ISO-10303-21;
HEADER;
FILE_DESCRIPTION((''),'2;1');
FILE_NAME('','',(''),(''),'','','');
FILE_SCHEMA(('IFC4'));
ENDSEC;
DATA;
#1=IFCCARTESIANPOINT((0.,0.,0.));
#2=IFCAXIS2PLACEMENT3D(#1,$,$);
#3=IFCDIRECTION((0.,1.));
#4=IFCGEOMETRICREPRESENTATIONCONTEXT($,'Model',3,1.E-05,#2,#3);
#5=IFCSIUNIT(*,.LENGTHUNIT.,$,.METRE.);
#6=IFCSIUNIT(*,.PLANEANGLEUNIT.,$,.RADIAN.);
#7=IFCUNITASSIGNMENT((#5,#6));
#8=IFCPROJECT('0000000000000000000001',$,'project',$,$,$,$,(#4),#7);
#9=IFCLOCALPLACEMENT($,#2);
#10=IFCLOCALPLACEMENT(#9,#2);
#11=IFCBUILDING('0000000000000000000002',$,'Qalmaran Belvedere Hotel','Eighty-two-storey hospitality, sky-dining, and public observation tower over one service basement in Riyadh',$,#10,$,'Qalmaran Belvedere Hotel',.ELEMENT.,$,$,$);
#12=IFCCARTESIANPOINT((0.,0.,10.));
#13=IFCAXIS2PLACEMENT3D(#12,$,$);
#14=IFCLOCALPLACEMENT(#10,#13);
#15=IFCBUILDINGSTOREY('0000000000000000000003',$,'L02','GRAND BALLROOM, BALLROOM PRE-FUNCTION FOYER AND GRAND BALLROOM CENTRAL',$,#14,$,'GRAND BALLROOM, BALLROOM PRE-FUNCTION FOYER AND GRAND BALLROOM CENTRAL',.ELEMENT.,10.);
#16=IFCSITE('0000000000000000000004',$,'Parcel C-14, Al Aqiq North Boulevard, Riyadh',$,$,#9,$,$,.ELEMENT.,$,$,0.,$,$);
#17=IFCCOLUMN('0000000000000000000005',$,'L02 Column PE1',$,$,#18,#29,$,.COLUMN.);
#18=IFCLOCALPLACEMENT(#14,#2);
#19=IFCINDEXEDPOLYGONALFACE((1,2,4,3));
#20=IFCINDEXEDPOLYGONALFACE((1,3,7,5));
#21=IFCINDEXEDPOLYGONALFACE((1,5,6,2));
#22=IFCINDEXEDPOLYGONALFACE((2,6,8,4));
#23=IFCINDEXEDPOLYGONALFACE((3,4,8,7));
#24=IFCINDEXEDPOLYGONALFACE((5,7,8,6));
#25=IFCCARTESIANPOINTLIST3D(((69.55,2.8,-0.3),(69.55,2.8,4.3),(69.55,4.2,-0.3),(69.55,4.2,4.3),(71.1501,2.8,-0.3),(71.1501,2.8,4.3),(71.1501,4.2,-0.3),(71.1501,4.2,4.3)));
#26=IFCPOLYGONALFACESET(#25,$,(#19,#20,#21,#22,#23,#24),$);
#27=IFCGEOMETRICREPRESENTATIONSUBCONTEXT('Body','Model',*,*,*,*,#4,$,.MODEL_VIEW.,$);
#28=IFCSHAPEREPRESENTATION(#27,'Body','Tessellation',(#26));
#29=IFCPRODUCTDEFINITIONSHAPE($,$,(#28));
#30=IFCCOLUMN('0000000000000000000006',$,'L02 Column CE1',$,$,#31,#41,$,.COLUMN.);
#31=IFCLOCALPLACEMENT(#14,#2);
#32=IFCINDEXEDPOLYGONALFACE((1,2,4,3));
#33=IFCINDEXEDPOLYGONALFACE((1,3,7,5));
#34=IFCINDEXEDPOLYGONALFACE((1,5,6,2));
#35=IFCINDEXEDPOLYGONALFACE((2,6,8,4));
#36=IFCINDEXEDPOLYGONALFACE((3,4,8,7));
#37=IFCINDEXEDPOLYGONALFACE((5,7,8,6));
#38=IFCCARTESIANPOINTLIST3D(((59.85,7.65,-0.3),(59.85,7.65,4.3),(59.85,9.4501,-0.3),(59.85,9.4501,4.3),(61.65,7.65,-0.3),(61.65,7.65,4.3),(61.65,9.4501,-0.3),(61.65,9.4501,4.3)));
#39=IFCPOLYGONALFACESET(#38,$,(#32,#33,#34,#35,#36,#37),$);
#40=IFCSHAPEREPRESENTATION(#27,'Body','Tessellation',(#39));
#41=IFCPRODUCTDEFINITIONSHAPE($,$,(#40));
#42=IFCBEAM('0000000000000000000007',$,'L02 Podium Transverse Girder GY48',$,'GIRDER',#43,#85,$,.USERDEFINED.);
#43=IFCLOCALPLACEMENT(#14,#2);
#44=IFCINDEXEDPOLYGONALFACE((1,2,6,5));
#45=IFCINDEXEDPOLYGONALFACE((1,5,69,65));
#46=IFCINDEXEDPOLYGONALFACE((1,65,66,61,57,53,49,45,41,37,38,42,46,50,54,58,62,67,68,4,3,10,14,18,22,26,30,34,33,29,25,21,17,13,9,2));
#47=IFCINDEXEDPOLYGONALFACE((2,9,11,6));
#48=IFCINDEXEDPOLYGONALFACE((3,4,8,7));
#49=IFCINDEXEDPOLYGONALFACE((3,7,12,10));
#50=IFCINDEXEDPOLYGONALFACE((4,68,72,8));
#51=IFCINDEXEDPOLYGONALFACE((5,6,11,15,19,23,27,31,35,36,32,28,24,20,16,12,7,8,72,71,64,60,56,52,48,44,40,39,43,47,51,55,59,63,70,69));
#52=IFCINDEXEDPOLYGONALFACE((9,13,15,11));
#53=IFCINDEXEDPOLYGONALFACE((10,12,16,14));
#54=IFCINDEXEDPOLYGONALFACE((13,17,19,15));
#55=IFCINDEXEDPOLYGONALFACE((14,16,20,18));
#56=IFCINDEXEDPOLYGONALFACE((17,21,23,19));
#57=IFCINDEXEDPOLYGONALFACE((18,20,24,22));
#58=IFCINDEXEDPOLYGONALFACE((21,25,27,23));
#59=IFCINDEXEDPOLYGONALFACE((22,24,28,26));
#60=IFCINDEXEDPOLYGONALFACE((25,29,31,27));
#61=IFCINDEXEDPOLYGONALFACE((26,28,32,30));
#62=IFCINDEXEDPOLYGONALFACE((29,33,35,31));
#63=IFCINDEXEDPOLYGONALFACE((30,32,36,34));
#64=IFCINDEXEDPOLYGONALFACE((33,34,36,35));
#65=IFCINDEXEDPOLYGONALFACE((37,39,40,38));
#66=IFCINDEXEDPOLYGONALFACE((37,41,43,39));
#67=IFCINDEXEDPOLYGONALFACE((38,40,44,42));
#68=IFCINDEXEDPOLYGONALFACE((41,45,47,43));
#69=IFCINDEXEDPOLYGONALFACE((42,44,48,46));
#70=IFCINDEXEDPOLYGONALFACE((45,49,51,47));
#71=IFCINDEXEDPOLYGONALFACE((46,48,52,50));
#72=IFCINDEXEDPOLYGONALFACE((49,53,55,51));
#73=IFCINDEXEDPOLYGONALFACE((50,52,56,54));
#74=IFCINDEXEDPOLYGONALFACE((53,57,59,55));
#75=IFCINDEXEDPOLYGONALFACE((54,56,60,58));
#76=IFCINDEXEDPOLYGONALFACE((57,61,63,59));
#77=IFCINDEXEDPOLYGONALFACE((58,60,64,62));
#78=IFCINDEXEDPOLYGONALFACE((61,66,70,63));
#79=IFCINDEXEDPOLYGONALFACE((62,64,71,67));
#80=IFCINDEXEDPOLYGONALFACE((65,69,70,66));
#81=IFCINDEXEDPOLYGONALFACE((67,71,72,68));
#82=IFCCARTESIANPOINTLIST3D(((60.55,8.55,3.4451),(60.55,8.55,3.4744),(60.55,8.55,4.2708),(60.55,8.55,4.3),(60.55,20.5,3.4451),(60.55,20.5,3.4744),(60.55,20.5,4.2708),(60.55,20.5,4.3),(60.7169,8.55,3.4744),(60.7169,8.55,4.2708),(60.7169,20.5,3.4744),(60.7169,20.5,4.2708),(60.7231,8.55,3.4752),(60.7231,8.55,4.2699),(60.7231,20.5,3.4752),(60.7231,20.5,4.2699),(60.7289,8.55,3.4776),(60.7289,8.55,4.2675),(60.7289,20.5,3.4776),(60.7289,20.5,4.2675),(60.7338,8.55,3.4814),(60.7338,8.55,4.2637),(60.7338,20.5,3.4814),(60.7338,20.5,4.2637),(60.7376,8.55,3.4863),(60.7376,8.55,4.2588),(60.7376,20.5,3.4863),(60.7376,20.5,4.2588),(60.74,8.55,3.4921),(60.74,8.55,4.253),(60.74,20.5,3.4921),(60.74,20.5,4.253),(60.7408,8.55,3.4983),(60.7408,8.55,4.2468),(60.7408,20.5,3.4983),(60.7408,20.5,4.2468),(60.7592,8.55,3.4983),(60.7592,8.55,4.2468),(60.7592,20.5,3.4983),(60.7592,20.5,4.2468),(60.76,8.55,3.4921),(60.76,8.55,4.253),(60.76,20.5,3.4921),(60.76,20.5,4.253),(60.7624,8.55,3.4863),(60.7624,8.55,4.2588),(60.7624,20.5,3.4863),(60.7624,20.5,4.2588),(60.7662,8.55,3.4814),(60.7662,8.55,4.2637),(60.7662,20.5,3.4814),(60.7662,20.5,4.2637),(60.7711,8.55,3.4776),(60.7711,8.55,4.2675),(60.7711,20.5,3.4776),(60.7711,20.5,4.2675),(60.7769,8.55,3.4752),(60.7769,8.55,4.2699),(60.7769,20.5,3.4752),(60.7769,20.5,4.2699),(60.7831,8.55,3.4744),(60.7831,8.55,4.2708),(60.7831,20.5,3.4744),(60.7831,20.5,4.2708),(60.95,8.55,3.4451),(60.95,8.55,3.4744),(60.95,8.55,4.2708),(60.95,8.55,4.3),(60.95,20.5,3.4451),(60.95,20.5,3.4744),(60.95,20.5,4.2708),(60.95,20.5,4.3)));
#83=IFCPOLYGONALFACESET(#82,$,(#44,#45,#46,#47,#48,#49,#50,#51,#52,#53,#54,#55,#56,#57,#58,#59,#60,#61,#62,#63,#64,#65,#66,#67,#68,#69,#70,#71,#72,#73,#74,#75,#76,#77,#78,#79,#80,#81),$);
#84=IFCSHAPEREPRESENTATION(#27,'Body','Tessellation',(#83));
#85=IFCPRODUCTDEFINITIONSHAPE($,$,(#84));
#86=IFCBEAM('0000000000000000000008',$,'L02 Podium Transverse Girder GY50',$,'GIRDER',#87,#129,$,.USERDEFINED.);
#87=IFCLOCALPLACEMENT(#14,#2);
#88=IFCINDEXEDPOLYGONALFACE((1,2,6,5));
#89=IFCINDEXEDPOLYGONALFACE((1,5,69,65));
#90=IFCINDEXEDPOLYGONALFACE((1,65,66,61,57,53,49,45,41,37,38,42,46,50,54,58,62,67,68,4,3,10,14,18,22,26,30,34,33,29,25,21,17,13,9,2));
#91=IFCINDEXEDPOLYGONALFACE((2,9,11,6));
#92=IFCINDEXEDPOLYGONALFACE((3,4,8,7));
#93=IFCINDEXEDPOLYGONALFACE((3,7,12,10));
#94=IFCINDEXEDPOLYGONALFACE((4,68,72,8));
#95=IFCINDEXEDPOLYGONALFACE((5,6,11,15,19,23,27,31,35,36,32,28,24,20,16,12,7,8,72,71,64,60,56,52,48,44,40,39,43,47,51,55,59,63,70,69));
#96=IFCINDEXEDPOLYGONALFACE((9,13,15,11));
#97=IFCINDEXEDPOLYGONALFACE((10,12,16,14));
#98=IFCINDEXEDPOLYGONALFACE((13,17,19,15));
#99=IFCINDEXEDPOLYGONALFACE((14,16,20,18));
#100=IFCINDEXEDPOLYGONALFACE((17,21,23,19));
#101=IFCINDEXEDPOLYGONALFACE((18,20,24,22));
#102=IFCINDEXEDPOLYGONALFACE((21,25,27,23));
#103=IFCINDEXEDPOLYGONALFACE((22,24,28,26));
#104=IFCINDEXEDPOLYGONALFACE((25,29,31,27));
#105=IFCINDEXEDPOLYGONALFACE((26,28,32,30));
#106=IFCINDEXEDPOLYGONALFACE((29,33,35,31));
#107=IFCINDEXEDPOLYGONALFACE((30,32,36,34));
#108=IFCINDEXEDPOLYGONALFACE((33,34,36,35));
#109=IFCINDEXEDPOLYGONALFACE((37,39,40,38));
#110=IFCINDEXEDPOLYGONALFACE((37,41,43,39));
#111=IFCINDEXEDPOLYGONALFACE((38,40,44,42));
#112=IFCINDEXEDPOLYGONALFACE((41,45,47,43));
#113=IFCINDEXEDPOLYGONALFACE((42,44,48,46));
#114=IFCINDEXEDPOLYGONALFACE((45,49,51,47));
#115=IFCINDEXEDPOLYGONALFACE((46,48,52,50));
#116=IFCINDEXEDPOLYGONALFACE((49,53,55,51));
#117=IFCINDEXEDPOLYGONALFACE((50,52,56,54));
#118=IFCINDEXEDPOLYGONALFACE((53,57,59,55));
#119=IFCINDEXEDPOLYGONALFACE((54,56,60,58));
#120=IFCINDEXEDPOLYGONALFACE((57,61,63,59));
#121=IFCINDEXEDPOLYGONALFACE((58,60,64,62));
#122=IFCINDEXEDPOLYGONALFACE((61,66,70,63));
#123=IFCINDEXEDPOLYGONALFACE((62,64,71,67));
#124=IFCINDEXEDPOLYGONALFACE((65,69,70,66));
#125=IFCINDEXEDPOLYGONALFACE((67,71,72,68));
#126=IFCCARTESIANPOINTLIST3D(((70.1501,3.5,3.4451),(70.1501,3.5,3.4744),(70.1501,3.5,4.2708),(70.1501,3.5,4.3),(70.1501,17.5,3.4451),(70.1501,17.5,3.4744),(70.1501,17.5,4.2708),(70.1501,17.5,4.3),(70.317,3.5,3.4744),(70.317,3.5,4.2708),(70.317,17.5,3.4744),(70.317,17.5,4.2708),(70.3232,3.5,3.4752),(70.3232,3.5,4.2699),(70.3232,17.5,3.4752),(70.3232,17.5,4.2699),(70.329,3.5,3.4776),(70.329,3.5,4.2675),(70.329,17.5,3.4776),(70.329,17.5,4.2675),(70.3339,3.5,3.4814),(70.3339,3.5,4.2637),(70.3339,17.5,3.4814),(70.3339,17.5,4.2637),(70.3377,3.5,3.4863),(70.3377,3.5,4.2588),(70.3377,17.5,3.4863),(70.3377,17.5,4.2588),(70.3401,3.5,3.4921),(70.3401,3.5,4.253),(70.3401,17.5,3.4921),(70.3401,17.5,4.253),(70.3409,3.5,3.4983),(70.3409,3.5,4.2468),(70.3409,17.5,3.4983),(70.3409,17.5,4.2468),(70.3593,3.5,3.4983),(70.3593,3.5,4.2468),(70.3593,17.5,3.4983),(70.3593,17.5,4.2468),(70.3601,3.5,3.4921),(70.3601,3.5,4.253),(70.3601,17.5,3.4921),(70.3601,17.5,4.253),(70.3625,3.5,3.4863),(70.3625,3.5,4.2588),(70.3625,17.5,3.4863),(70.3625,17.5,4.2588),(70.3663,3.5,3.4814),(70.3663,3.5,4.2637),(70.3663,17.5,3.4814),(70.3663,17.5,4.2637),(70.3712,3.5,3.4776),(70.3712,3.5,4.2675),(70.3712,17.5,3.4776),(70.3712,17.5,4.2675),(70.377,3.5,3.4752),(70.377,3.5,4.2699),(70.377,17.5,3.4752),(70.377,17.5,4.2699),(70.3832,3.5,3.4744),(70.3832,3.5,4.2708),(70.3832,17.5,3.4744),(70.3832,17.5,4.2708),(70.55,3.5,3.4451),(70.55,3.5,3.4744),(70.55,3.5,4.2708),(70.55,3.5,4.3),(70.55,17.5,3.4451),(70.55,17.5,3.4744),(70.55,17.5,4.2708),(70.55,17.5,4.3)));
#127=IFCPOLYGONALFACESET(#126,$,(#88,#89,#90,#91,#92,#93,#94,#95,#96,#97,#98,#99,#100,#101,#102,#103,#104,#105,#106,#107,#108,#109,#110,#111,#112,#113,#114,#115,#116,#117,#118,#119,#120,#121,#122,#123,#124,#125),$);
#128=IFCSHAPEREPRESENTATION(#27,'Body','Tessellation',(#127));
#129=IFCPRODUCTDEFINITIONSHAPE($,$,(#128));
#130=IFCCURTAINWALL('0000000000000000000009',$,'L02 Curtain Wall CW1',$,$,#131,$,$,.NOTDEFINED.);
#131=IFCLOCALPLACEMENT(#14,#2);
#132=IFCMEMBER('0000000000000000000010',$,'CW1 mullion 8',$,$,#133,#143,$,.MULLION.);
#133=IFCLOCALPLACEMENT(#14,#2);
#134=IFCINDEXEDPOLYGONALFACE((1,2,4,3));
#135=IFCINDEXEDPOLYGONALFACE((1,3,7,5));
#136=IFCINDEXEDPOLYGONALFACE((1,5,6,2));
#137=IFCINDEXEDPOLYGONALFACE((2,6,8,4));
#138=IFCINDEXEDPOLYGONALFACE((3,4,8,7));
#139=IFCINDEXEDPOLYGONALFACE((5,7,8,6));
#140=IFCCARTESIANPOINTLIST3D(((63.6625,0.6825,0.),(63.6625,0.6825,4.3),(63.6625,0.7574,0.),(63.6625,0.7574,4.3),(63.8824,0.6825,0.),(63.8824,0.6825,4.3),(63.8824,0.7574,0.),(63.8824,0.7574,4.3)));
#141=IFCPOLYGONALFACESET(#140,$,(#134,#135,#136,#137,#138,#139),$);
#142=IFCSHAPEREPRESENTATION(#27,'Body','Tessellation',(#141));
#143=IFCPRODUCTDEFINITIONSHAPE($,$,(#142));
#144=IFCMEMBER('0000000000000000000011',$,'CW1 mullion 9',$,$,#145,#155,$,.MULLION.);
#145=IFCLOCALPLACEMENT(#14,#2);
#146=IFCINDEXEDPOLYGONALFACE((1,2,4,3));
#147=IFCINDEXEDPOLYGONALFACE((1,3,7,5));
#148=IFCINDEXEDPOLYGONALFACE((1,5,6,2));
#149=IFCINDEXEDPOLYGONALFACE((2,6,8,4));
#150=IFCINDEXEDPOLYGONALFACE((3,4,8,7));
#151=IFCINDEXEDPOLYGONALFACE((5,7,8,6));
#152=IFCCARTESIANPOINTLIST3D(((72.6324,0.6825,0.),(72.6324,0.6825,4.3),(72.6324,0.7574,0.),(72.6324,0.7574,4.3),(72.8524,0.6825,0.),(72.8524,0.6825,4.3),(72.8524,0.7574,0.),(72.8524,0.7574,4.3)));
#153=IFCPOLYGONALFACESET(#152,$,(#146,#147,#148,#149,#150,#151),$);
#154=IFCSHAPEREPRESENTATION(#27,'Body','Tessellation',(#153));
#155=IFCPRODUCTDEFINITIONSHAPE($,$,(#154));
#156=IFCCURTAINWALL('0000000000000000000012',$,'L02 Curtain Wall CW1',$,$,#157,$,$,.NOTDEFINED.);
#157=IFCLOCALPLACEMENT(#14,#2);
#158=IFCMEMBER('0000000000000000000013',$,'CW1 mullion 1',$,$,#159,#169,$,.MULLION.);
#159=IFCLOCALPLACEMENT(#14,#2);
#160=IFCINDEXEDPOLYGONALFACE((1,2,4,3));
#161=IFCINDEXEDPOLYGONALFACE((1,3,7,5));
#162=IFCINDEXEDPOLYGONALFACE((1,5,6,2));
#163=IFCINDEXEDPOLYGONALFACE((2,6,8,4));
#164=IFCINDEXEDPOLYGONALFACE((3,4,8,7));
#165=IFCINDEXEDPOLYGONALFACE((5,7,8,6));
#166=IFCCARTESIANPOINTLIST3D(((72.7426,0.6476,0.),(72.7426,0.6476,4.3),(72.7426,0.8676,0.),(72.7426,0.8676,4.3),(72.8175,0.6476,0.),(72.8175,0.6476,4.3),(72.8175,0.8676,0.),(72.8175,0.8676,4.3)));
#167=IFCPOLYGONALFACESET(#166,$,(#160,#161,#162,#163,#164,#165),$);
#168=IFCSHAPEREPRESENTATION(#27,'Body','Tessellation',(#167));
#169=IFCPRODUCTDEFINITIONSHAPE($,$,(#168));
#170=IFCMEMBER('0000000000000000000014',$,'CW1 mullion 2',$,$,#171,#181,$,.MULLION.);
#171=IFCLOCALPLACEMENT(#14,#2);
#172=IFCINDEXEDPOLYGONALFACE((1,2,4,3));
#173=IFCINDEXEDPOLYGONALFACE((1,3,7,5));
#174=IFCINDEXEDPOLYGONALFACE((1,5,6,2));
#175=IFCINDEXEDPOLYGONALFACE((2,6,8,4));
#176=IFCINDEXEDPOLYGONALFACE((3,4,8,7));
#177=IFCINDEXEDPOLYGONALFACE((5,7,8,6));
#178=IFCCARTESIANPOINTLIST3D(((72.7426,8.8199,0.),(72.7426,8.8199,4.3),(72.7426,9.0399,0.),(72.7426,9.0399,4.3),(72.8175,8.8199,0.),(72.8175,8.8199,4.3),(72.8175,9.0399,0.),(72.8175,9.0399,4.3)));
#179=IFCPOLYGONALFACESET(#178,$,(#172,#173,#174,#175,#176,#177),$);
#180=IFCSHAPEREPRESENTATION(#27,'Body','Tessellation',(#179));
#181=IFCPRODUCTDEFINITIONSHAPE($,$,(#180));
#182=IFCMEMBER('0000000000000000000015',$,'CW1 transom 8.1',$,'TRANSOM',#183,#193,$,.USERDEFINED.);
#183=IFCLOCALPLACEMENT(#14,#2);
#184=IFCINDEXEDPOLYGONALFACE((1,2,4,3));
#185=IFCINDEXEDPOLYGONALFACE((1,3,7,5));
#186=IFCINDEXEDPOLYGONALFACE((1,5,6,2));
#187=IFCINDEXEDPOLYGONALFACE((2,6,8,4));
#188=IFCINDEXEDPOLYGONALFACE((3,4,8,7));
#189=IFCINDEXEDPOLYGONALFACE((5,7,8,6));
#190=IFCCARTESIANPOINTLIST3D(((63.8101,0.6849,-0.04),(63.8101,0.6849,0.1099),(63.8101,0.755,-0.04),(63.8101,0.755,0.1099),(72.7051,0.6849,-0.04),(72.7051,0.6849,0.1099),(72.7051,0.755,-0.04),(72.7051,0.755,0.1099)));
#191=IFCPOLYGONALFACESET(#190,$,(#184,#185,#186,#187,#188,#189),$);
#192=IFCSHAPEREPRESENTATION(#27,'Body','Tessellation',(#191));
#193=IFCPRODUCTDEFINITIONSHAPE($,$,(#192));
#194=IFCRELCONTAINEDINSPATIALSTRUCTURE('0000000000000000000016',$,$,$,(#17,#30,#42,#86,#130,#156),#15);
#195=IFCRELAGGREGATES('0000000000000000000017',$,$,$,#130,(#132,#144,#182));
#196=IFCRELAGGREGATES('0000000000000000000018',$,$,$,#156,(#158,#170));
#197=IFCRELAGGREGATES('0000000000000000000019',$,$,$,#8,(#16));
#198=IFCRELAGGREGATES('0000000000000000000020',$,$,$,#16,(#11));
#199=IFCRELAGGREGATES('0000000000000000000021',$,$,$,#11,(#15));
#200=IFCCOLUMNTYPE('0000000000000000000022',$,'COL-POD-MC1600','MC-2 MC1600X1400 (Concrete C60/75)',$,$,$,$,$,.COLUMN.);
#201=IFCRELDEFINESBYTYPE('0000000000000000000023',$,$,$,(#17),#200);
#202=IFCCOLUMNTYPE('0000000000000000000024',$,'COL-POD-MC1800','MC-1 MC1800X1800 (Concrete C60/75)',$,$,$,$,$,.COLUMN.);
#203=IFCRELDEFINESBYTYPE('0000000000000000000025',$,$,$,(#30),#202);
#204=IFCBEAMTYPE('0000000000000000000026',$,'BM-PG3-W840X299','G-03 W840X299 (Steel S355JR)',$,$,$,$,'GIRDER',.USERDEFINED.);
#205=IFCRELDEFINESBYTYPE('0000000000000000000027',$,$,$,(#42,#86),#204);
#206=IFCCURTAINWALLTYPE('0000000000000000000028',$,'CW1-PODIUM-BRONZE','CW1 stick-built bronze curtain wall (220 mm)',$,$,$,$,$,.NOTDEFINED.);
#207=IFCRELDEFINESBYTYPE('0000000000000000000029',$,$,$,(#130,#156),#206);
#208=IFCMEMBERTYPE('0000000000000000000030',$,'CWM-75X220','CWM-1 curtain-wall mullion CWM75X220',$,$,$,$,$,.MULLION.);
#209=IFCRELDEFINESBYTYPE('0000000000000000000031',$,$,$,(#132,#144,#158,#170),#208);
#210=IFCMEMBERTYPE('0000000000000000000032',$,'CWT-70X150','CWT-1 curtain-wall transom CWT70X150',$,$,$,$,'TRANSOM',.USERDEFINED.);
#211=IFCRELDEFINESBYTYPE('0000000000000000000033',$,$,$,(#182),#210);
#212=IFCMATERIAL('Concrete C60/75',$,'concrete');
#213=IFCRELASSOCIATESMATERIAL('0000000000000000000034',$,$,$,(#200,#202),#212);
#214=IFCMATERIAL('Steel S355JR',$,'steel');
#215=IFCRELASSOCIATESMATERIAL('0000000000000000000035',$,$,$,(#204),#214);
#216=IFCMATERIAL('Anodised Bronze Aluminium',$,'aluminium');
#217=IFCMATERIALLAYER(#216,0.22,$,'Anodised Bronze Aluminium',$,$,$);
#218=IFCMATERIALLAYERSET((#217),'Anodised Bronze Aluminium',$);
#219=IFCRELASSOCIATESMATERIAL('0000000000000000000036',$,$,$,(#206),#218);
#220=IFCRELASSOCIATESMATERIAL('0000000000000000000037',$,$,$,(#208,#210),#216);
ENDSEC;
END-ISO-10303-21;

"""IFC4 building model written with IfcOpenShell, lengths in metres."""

from ifc_helpers import new_model, si_unit, direction, frame, origin, origin_2d, place, context, subcontext, project, spatial, rectangle, i_section, extrude, material, layer, layer_set, material_profile, profile_set, type_object, element, aggregate, save


model = new_model("IFC4")

# Units and contexts
model_context = context("Model", 3, precision=1e-05, world=origin(), true_north=direction((0.0, 1.0)))
body_context = subcontext(model_context, "Body", "Model", "MODEL_VIEW")
ifc_project = project(units=[si_unit("LENGTHUNIT", "METRE"), si_unit("PLANEANGLEUNIT", "RADIAN")], contexts=[model_context])

# Site, building, storey
site_placement = place(None, origin())
site = spatial("IfcSite", under=ifc_project, at=site_placement, Name="Parcel C-14, Al Aqiq North Boulevard, Riyadh", CompositionType="ELEMENT", RefElevation=0.0)
building_placement = place(site_placement, origin())
building = spatial("IfcBuilding", under=site, at=building_placement, Name="Qalmaran Belvedere Hotel", Description="Eighty-two-storey hospitality, sky-dining, and public observation tower over one service basement in Riyadh", LongName="Qalmaran Belvedere Hotel", CompositionType="ELEMENT")
storey_placement = place(building_placement, frame((0.0, 0.0, 10.0)))
storey = spatial("IfcBuildingStorey", under=building, at=storey_placement, Name="L02", Description="GRAND BALLROOM, BALLROOM PRE-FUNCTION FOYER AND GRAND BALLROOM CENTRAL", LongName="GRAND BALLROOM, BALLROOM PRE-FUNCTION FOYER AND GRAND BALLROOM CENTRAL", CompositionType="ELEMENT", Elevation=10.0)

# Columns
ifc_material_1 = material(Name="Concrete C60/75", Category="concrete")
ifc_material_profile_1 = material_profile(ifc_material_1, rectangle(XDim=1.6001, YDim=1.3999, at=origin_2d()), Name="MC1600X1400")
ifc_profile_set_1 = profile_set([ifc_material_profile_1], Name="Concrete C60/75")
column_type_1 = type_object("IfcColumnType", Name="COL-POD-MC1600", Description="MC-2 MC1600X1400 (Concrete C60/75)", PredefinedType="COLUMN", material=ifc_profile_set_1)
column_1_placement = place(storey_placement, frame((70.3501, 3.5, -0.3), z_axis=(0.0, 0.0, 1.0), x_axis=(1.0, 0.0, 0.0)))
element("IfcColumn", 1, at=column_1_placement, inside=storey, type_object=column_type_1, Name="L02 Column PE1", PredefinedType="COLUMN", context=body_context, shape_type="SweptSolid", body=[
    extrude(rectangle(XDim=1.6001, YDim=1.3999, at=origin_2d()), origin(), (0.0, 0.0, 1.0), 4.6001),
])
ifc_material_profile_2 = material_profile(ifc_material_1, rectangle(XDim=1.8, YDim=1.8, at=origin_2d()), Name="MC1800X1800")
ifc_profile_set_2 = profile_set([ifc_material_profile_2], Name="Concrete C60/75")
column_type_2 = type_object("IfcColumnType", Name="COL-POD-MC1800", Description="MC-1 MC1800X1800 (Concrete C60/75)", PredefinedType="COLUMN", material=ifc_profile_set_2)
column_2_placement = place(storey_placement, frame((60.75, 8.55, -0.3), z_axis=(0.0, 0.0, 1.0), x_axis=(1.0, 0.0, 0.0)))
element("IfcColumn", 2, at=column_2_placement, inside=storey, type_object=column_type_2, Name="L02 Column CE1", PredefinedType="COLUMN", context=body_context, shape_type="SweptSolid", body=[
    extrude(rectangle(XDim=1.8, YDim=1.8, at=origin_2d()), origin(), (0.0, 0.0, 1.0), 4.6001),
])

# Beams
ifc_material_2 = material(Name="Steel S355JR", Category="steel")
ifc_material_profile_3 = material_profile(ifc_material_2, i_section(OverallWidth=0.3999, OverallDepth=0.855, WebThickness=0.0183, FlangeThickness=0.0293, FilletRadius=0.0239, at=origin_2d()), Name="W840X299")
ifc_profile_set_3 = profile_set([ifc_material_profile_3], Name="Steel S355JR")
beam_type = type_object("IfcBeamType", Name="BM-PG3-W840X299", Description="G-03 W840X299 (Steel S355JR)", ElementType="GIRDER", PredefinedType="USERDEFINED", material=ifc_profile_set_3)
beam_1_placement = place(storey_placement, frame((60.75, 8.55, 3.8726), z_axis=(0.0, 1.0, 0.0), x_axis=(-1.0, 0.0, 0.0)))
element("IfcBeam", 3, at=beam_1_placement, inside=storey, type_object=beam_type, Name="L02 Podium Transverse Girder GY48", ObjectType="GIRDER", PredefinedType="USERDEFINED", context=body_context, shape_type="SweptSolid", body=[
    extrude(i_section(OverallWidth=0.3999, OverallDepth=0.855, WebThickness=0.0183, FlangeThickness=0.0293, FilletRadius=0.0239, at=origin_2d()), origin(), (0.0, 0.0, 1.0), 11.95),
])
beam_2_placement = place(storey_placement, frame((70.3501, 3.5, 3.8726), z_axis=(0.0, 1.0, 0.0), x_axis=(-1.0, 0.0, 0.0)))
element("IfcBeam", 4, at=beam_2_placement, inside=storey, type_object=beam_type, Name="L02 Podium Transverse Girder GY50", ObjectType="GIRDER", PredefinedType="USERDEFINED", context=body_context, shape_type="SweptSolid", body=[
    extrude(i_section(OverallWidth=0.3999, OverallDepth=0.855, WebThickness=0.0183, FlangeThickness=0.0293, FilletRadius=0.0239, at=origin_2d()), origin(), (0.0, 0.0, 1.0), 14.0),
])

# Curtain walls, members
ifc_material_3 = material(Name="Anodised Bronze Aluminium", Category="aluminium")
ifc_layer_1 = layer(ifc_material_3, 0.22, Name="Anodised Bronze Aluminium")
ifc_layer_set_1 = layer_set([ifc_layer_1], Name="Anodised Bronze Aluminium")
curtain_wall_type = type_object("IfcCurtainWallType", Name="CW1-PODIUM-BRONZE", Description="CW1 stick-built bronze curtain wall (220 mm)", PredefinedType="NOTDEFINED", material=ifc_layer_set_1)
curtain_wall_1_placement = place(storey_placement, origin())
curtain_wall_1 = element("IfcCurtainWall", 5, at=curtain_wall_1_placement, inside=storey, type_object=curtain_wall_type, Name="L02 Curtain Wall CW1", PredefinedType="NOTDEFINED")
ifc_material_profile_4 = material_profile(ifc_material_3, rectangle(XDim=0.075, YDim=0.22, at=origin_2d()), Name="CWM75X220")
ifc_profile_set_4 = profile_set([ifc_material_profile_4], Name="Anodised Bronze Aluminium")
member_type_1 = type_object("IfcMemberType", Name="CWM-75X220", Description="CWM-1 curtain-wall mullion CWM75X220", PredefinedType="MULLION", material=ifc_profile_set_4)
member_1_placement = place(storey_placement, frame((63.7725, 0.72, 0.0), z_axis=(0.0, 0.0, 1.0), x_axis=(0.0, 1.0, 0.0)))
member_1 = element("IfcMember", 6, at=member_1_placement, type_object=member_type_1, Name="CW1 mullion 8", PredefinedType="MULLION", context=body_context, shape_type="SweptSolid", body=[
    extrude(rectangle(XDim=0.075, YDim=0.22, at=origin_2d()), origin(), (0.0, 0.0, 1.0), 4.3),
])
member_2_placement = place(storey_placement, frame((72.7424, 0.72, 0.0), z_axis=(0.0, 0.0, 1.0), x_axis=(0.0, 1.0, 0.0)))
member_2 = element("IfcMember", 7, at=member_2_placement, type_object=member_type_1, Name="CW1 mullion 9", PredefinedType="MULLION", context=body_context, shape_type="SweptSolid", body=[
    extrude(rectangle(XDim=0.075, YDim=0.22, at=origin_2d()), origin(), (0.0, 0.0, 1.0), 4.3),
])
curtain_wall_2_placement = place(storey_placement, origin())
curtain_wall_2 = element("IfcCurtainWall", 8, at=curtain_wall_2_placement, inside=storey, type_object=curtain_wall_type, Name="L02 Curtain Wall CW1", PredefinedType="NOTDEFINED")
member_3_placement = place(storey_placement, frame((72.78, 0.7576, 0.0), z_axis=(0.0, 0.0, 1.0), x_axis=(-1.0, 0.0, 0.0)))
member_3 = element("IfcMember", 9, at=member_3_placement, type_object=member_type_1, Name="CW1 mullion 1", PredefinedType="MULLION", context=body_context, shape_type="SweptSolid", body=[
    extrude(rectangle(XDim=0.075, YDim=0.22, at=origin_2d()), origin(), (0.0, 0.0, 1.0), 4.3),
])
member_4_placement = place(storey_placement, frame((72.78, 8.9299, 0.0), z_axis=(0.0, 0.0, 1.0), x_axis=(-1.0, 0.0, 0.0)))
member_4 = element("IfcMember", 10, at=member_4_placement, type_object=member_type_1, Name="CW1 mullion 2", PredefinedType="MULLION", context=body_context, shape_type="SweptSolid", body=[
    extrude(rectangle(XDim=0.075, YDim=0.22, at=origin_2d()), origin(), (0.0, 0.0, 1.0), 4.3),
])

# Member
ifc_material_profile_5 = material_profile(ifc_material_3, rectangle(XDim=0.0701, YDim=0.1499, at=origin_2d()), Name="CWT70X150")
ifc_profile_set_5 = profile_set([ifc_material_profile_5], Name="Anodised Bronze Aluminium")
member_type_2 = type_object("IfcMemberType", Name="CWT-70X150", Description="CWT-1 curtain-wall transom CWT70X150", ElementType="TRANSOM", PredefinedType="USERDEFINED", material=ifc_profile_set_5)
member_5_placement = place(storey_placement, frame((63.8101, 0.72, 0.0349), z_axis=(1.0, 0.0, 0.0), x_axis=(0.0, 1.0, 0.0)))
member_5 = element("IfcMember", 11, at=member_5_placement, type_object=member_type_2, Name="CW1 transom 8.1", ObjectType="TRANSOM", PredefinedType="USERDEFINED", context=body_context, shape_type="SweptSolid", body=[
    extrude(rectangle(XDim=0.0701, YDim=0.1499, at=origin_2d()), origin(), (0.0, 0.0, 1.0), 8.895),
])

aggregate(curtain_wall_1, [member_1, member_2, member_5])
aggregate(curtain_wall_2, [member_3, member_4])

save(model, "model.ifc")
